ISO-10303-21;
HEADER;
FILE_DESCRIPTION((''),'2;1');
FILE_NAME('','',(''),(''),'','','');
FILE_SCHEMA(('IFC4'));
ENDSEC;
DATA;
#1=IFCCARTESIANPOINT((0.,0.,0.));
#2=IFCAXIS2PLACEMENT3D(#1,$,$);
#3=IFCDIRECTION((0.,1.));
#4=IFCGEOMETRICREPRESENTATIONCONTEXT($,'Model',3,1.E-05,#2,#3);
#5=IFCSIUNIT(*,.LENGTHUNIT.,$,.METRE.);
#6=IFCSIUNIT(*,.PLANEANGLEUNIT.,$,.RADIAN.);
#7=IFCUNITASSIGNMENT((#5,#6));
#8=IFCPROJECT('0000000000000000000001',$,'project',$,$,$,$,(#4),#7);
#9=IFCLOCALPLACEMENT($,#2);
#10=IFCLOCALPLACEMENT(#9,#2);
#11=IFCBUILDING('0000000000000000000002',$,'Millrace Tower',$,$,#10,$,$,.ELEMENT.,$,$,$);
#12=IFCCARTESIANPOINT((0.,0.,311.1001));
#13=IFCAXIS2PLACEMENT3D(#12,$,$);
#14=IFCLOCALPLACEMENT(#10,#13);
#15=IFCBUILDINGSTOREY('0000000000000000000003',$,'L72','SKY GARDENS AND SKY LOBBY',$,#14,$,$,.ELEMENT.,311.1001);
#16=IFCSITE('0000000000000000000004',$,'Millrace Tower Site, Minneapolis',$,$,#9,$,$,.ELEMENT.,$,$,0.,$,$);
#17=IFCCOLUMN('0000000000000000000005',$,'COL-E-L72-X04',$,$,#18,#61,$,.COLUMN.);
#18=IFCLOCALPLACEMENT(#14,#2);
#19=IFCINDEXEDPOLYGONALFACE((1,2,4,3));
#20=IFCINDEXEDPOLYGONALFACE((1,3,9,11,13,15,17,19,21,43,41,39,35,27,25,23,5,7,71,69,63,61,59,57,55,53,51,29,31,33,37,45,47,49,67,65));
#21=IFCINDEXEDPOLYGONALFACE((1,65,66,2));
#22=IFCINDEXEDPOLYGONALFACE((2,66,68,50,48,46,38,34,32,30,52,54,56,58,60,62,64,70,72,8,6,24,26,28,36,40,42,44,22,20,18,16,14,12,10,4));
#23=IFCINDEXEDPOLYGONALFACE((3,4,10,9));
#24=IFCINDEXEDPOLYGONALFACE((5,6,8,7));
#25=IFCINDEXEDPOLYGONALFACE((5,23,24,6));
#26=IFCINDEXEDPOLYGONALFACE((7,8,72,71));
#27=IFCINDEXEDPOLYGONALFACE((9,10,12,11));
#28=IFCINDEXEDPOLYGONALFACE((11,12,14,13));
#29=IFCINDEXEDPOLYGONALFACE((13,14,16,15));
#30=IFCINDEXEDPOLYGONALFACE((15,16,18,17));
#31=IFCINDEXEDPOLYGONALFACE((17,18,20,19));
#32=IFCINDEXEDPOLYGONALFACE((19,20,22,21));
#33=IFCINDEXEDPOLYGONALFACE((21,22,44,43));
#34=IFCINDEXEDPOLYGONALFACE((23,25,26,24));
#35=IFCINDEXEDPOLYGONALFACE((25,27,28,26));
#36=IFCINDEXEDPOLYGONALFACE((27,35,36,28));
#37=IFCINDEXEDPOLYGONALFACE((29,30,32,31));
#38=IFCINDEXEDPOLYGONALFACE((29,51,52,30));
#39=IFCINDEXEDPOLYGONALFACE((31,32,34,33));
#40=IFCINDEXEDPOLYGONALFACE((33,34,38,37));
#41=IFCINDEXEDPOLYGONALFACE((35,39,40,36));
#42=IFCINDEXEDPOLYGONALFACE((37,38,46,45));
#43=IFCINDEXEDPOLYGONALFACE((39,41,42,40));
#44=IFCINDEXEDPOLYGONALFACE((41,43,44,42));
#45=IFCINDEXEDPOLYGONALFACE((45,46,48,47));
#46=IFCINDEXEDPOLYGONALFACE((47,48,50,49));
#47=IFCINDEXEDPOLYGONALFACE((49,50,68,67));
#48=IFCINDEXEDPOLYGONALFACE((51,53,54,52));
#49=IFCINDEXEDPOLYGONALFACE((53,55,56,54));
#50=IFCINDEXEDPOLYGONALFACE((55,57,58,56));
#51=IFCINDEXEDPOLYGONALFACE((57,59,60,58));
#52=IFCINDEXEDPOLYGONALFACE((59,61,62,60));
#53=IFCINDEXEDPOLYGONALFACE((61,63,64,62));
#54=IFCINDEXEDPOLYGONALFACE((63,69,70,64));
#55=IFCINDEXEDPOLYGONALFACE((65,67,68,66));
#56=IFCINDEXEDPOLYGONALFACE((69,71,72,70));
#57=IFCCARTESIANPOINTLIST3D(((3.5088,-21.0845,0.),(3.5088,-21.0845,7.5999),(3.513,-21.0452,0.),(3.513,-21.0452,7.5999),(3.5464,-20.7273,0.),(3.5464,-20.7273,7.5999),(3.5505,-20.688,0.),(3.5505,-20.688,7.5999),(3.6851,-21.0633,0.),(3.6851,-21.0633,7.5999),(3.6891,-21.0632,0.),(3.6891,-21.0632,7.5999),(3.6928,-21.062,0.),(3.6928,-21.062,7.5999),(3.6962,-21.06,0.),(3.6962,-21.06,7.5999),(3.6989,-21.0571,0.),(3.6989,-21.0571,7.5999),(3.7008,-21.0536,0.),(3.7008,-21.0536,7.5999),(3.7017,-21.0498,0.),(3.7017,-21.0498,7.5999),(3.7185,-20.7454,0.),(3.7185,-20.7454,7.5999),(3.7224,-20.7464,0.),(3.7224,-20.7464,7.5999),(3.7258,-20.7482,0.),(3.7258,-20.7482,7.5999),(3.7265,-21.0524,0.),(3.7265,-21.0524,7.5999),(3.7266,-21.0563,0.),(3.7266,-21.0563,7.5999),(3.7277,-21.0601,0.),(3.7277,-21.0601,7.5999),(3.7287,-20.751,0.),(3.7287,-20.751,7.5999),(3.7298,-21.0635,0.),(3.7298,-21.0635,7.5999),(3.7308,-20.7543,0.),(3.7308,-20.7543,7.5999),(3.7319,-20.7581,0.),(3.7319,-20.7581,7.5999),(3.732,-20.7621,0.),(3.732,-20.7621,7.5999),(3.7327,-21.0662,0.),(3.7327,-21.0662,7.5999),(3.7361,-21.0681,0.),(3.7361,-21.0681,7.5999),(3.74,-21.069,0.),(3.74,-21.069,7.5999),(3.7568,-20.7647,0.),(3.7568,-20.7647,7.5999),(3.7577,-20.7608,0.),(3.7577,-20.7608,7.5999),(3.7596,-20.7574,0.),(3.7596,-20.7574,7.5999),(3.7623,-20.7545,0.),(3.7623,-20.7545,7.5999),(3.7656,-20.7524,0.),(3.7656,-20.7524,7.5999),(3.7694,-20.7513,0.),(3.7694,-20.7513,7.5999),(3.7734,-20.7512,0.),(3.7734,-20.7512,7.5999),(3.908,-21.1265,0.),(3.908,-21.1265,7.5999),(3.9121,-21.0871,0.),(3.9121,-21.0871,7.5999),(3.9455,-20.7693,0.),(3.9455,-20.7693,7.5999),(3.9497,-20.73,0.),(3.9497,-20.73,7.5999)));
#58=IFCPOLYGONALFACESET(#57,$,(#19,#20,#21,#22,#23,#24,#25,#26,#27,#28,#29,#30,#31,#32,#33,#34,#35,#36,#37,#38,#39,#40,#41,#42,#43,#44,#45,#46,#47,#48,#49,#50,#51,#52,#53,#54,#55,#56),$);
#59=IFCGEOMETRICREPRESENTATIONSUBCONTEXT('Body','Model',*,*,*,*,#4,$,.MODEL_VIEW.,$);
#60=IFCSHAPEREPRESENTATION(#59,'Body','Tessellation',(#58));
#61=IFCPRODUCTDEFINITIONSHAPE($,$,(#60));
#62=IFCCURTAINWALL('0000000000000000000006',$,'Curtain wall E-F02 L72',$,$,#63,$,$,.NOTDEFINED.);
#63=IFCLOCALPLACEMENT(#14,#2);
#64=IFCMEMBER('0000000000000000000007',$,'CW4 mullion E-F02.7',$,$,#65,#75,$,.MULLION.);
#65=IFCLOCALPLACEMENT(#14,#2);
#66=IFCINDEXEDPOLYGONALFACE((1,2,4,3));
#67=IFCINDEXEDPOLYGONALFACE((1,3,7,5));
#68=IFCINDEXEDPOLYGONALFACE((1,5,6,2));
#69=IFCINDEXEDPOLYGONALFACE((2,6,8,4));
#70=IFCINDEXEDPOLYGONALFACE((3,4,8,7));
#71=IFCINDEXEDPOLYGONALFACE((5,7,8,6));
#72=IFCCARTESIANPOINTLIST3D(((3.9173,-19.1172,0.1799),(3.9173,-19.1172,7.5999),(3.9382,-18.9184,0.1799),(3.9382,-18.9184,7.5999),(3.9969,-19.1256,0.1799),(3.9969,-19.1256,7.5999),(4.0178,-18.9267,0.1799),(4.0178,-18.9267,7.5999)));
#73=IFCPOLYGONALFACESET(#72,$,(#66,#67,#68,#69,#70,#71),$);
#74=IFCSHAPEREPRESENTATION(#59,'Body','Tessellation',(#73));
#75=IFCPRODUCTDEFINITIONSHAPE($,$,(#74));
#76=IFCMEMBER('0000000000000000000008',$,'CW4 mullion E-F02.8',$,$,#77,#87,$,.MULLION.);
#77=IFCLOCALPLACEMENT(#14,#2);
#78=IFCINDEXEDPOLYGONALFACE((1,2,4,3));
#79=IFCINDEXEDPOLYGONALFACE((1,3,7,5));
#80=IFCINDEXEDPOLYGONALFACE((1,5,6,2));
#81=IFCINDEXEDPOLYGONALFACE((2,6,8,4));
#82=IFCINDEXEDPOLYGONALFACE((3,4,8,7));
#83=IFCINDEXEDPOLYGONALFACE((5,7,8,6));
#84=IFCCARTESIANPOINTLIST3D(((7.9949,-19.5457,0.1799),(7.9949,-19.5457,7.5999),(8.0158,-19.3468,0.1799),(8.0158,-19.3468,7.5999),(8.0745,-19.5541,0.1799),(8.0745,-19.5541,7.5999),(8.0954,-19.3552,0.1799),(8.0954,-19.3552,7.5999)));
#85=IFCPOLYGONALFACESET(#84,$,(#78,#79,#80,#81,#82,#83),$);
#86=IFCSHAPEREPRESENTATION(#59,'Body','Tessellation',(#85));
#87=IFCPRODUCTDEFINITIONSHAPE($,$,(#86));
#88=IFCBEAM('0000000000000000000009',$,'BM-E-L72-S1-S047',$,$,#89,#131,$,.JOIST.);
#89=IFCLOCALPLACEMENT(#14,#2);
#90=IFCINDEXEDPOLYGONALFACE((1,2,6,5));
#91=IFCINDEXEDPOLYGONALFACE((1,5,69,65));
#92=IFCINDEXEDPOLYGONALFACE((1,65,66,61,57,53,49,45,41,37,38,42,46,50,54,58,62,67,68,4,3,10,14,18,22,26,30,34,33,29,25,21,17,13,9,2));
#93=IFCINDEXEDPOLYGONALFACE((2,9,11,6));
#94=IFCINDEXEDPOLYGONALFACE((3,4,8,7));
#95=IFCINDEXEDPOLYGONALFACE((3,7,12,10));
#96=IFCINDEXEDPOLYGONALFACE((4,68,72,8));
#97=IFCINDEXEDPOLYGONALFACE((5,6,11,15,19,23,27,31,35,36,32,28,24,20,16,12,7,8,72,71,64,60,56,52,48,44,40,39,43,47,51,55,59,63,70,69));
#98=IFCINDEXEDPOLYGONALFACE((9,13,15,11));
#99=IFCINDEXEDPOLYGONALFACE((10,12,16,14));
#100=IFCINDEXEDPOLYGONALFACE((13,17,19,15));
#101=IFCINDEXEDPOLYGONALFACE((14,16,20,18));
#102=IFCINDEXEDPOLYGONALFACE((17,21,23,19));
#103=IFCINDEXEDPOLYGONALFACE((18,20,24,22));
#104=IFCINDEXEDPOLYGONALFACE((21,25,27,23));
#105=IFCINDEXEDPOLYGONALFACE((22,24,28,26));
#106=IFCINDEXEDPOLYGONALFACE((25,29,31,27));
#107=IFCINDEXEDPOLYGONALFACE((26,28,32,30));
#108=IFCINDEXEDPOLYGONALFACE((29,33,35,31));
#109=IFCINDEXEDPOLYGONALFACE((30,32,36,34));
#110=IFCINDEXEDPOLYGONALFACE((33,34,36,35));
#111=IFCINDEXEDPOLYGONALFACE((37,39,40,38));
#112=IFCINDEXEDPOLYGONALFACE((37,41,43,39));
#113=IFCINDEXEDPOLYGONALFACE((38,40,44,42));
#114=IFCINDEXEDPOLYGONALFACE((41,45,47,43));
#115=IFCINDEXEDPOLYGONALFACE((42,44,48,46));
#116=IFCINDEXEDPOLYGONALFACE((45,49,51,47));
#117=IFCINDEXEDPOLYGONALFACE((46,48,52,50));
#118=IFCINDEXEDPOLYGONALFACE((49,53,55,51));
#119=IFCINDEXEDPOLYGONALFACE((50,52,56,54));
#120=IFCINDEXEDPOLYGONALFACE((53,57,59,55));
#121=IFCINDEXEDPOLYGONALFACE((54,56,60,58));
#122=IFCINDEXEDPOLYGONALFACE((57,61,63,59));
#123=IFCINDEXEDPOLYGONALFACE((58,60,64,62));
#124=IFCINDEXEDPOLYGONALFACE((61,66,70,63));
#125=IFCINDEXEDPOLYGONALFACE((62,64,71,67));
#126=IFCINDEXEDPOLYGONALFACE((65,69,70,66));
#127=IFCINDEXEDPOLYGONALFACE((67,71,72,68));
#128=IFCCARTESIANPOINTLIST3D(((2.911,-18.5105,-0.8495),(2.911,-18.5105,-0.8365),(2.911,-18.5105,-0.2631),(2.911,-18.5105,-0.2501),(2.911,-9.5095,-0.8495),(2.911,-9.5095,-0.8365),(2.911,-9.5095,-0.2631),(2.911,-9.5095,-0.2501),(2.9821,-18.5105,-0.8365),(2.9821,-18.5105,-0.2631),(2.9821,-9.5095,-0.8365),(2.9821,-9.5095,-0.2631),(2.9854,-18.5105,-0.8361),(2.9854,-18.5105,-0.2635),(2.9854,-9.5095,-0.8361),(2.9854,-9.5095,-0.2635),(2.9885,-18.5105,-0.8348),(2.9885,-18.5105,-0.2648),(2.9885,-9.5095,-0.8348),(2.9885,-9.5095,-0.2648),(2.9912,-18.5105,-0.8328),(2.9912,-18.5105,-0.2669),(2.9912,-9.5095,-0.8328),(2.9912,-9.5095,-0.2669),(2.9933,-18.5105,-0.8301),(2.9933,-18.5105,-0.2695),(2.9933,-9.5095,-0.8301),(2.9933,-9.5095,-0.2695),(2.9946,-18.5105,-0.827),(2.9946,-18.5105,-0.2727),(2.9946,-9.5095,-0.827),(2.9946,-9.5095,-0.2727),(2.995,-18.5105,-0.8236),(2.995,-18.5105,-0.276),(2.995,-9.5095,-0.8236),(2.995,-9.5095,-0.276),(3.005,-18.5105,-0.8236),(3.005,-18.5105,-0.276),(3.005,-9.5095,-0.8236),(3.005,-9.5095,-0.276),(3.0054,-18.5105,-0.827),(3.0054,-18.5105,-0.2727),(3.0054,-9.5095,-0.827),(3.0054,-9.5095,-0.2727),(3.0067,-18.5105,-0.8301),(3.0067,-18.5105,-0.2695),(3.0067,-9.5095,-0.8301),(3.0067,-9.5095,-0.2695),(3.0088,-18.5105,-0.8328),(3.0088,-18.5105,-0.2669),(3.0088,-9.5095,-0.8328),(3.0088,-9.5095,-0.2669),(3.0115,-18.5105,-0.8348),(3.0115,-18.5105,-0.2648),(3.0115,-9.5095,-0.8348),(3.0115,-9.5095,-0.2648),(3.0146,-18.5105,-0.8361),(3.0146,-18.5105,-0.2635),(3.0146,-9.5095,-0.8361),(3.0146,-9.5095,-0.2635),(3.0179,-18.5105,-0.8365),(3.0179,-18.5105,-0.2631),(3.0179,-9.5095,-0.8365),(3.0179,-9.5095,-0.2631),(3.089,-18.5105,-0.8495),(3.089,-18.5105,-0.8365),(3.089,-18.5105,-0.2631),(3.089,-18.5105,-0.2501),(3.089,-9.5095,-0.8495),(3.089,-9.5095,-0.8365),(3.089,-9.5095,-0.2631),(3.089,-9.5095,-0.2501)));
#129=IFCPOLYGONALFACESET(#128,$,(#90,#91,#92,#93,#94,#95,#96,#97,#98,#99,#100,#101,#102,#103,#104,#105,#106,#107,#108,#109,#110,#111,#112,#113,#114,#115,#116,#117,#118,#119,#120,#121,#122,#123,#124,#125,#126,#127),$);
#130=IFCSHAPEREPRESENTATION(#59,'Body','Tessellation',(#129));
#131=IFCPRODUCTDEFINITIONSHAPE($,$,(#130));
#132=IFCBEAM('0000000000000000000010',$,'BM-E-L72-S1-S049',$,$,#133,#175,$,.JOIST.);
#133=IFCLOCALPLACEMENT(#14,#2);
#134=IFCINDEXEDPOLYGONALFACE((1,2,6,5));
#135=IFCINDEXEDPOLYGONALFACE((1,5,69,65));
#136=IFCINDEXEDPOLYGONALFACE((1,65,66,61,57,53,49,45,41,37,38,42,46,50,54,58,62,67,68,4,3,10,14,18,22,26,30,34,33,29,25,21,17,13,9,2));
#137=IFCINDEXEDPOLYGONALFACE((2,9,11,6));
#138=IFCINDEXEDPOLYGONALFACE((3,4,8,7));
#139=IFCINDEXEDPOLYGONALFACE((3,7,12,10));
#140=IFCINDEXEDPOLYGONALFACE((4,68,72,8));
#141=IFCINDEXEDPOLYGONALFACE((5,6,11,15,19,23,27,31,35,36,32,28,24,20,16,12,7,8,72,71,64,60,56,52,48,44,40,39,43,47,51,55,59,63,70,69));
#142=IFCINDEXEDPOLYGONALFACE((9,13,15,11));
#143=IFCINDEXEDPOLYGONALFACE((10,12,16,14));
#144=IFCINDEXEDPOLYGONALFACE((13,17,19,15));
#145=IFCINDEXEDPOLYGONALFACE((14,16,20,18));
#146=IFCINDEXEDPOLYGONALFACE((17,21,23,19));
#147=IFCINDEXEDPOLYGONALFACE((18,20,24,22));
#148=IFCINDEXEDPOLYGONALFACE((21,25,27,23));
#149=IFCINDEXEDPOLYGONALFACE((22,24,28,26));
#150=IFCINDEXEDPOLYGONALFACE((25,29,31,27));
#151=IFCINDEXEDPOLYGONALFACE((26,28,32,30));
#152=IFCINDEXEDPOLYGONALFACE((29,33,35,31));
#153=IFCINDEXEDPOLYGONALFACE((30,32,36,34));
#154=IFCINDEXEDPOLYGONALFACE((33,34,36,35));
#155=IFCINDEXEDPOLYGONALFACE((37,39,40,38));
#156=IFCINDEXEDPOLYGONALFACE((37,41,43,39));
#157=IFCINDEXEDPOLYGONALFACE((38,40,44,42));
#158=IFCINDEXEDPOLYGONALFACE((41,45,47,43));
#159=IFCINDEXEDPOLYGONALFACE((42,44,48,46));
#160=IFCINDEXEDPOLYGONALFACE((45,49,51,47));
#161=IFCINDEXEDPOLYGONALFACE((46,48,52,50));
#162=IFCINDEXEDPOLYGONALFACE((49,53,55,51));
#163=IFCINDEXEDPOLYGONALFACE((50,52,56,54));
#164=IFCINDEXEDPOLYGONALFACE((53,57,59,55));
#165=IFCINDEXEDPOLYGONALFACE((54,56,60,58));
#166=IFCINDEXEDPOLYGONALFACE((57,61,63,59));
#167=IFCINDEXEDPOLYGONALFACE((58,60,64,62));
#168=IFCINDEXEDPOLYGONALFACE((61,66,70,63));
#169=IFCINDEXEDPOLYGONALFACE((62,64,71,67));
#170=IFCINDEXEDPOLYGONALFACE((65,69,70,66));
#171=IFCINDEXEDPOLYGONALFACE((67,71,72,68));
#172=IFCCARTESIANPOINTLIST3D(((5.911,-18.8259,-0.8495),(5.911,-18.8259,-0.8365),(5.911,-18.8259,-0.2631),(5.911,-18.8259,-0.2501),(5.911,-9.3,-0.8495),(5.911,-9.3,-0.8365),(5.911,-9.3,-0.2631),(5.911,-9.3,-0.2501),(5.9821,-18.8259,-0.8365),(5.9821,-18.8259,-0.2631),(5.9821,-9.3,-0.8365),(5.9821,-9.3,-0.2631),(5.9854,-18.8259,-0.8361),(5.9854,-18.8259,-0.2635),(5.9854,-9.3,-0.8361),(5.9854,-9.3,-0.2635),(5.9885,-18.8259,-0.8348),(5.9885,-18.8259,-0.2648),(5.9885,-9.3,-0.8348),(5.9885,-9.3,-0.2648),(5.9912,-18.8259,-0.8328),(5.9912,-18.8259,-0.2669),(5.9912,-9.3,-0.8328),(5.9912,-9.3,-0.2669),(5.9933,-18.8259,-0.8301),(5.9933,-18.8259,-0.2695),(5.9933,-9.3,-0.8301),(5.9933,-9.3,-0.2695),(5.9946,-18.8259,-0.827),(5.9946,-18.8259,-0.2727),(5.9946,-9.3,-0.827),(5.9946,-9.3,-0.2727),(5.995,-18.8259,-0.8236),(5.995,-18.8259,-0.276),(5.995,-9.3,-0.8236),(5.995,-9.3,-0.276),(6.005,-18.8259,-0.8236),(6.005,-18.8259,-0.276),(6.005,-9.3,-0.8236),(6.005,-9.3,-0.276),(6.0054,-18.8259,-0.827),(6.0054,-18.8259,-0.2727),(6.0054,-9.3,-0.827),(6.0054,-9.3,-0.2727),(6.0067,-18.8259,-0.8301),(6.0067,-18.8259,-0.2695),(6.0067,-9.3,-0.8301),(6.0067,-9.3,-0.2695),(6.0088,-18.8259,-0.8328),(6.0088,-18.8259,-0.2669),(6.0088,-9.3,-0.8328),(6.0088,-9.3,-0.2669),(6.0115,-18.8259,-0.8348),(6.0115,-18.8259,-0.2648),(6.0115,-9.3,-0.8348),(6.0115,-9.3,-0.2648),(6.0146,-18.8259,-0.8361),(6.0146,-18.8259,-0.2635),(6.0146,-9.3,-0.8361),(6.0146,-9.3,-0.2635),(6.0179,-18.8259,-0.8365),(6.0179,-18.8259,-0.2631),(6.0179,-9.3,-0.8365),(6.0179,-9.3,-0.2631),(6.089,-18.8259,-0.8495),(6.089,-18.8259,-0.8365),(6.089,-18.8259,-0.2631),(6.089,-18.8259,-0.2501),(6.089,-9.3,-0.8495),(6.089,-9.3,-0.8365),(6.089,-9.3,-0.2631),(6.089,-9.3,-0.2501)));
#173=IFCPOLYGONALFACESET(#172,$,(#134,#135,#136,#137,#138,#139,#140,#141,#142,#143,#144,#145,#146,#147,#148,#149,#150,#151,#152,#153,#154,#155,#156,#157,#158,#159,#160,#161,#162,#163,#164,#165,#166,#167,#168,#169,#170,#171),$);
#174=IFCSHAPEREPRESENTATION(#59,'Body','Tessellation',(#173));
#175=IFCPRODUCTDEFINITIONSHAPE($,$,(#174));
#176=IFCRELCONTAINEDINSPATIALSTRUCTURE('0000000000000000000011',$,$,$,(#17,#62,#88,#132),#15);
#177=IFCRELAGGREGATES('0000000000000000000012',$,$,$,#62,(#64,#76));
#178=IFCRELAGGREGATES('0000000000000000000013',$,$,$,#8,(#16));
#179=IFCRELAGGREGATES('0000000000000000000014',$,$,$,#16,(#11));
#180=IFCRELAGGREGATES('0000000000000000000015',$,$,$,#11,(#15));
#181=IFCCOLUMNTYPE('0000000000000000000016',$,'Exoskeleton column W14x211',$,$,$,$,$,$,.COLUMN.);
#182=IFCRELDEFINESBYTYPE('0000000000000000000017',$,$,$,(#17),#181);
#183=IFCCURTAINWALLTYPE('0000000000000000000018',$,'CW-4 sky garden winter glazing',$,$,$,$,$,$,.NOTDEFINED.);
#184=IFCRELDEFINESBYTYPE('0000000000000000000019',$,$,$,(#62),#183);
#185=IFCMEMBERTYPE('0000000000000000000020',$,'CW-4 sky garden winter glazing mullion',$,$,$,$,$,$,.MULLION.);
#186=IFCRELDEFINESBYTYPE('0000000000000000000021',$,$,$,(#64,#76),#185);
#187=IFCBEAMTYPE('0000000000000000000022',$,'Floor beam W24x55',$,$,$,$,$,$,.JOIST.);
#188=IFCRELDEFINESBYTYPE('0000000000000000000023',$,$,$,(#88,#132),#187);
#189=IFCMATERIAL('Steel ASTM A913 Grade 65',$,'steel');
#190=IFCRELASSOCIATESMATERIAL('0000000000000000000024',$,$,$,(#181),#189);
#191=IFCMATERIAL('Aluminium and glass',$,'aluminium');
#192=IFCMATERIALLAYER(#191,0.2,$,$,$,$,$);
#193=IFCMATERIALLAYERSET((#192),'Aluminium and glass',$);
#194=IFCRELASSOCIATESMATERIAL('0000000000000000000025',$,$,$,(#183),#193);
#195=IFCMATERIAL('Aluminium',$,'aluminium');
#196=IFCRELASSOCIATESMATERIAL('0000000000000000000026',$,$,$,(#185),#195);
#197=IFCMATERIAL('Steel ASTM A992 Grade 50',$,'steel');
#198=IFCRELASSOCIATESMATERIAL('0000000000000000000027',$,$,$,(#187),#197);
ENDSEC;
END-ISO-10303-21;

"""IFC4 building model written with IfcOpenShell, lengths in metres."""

from ifc_helpers import new_model, si_unit, direction, frame, origin, origin_2d, place, context, subcontext, project, spatial, rectangle, i_section, extrude, material, layer, layer_set, material_profile, profile_set, type_object, element, aggregate, save


model = new_model("IFC4")

# Units and contexts
model_context = context("Model", 3, precision=1e-05, world=origin(), true_north=direction((0.0, 1.0)))
body_context = subcontext(model_context, "Body", "Model", "MODEL_VIEW")
ifc_project = project(units=[si_unit("LENGTHUNIT", "METRE"), si_unit("PLANEANGLEUNIT", "RADIAN")], contexts=[model_context])

# Site, building, storey
site_placement = place(None, origin())
site = spatial("IfcSite", under=ifc_project, at=site_placement, Name="Millrace Tower Site, Minneapolis", CompositionType="ELEMENT", RefElevation=0.0)
building_placement = place(site_placement, origin())
building = spatial("IfcBuilding", under=site, at=building_placement, Name="Millrace Tower", CompositionType="ELEMENT")
storey_placement = place(building_placement, frame((0.0, 0.0, 311.1001)))
storey = spatial("IfcBuildingStorey", under=building, at=storey_placement, Name="L72", Description="SKY GARDENS AND SKY LOBBY", CompositionType="ELEMENT", Elevation=311.1001)

# Column
ifc_material_1 = material(Name="Steel ASTM A913 Grade 65", Category="steel")
ifc_material_profile_1 = material_profile(ifc_material_1, i_section(OverallWidth=0.4014, OverallDepth=0.3987, WebThickness=0.0249, FlangeThickness=0.0396, FilletRadius=0.0151, at=origin_2d()))
ifc_profile_set_1 = profile_set([ifc_material_profile_1], Name="Steel ASTM A913 Grade 65")
column_type = type_object("IfcColumnType", Name="Exoskeleton column W14x211", PredefinedType="COLUMN", material=ifc_profile_set_1)
column_placement = place(storey_placement, frame((3.7292, -20.9072, 0.0), z_axis=(0.0, 0.0, 1.0), x_axis=(0.994522, -0.104528, 0.0)))
element("IfcColumn", 1, at=column_placement, inside=storey, type_object=column_type, Name="COL-E-L72-X04", PredefinedType="COLUMN", context=body_context, shape_type="SweptSolid", body=[
    extrude(i_section(OverallWidth=0.4014, OverallDepth=0.3987, WebThickness=0.0249, FlangeThickness=0.0396, FilletRadius=0.0151, at=origin_2d()), origin(), (0.0, 0.0, 1.0), 7.5999),
])

# Curtain wall, members
ifc_material_2 = material(Name="Aluminium and glass", Category="aluminium")
ifc_layer_1 = layer(ifc_material_2, 0.2)
ifc_layer_set_1 = layer_set([ifc_layer_1], Name="Aluminium and glass")
curtain_wall_type = type_object("IfcCurtainWallType", Name="CW-4 sky garden winter glazing", PredefinedType="NOTDEFINED", material=ifc_layer_set_1)
placement_1 = place(storey_placement, origin())
curtain_wall_1 = element("IfcCurtainWall", 2, at=placement_1, inside=storey, type_object=curtain_wall_type, Name="Curtain wall E-F02 L72", PredefinedType="NOTDEFINED")
ifc_material_3 = material(Name="Aluminium", Category="aluminium")
ifc_material_profile_2 = material_profile(ifc_material_3, rectangle(XDim=0.0801, YDim=0.2, at=origin_2d()))
ifc_profile_set_2 = profile_set([ifc_material_profile_2], Name="Aluminium")
member_type = type_object("IfcMemberType", Name="CW-4 sky garden winter glazing mullion", PredefinedType="MULLION", material=ifc_profile_set_2)
member_1_placement = place(storey_placement, frame((3.9675, -19.022, 0.1799), z_axis=(0.0, 0.0, 1.0), x_axis=(0.994522, -0.104528, 0.0)))
member_1 = element("IfcMember", 3, at=member_1_placement, type_object=member_type, Name="CW4 mullion E-F02.7", PredefinedType="MULLION", context=body_context, shape_type="SweptSolid", body=[
    extrude(rectangle(XDim=0.0801, YDim=0.2, at=origin_2d()), origin(), (0.0, 0.0, 1.0), 7.4199),
])
member_2_placement = place(storey_placement, frame((8.0452, -19.4504, 0.1799), z_axis=(0.0, 0.0, 1.0), x_axis=(0.994522, -0.104528, 0.0)))
member_2 = element("IfcMember", 4, at=member_2_placement, type_object=member_type, Name="CW4 mullion E-F02.8", PredefinedType="MULLION", context=body_context, shape_type="SweptSolid", body=[
    extrude(rectangle(XDim=0.0801, YDim=0.2, at=origin_2d()), origin(), (0.0, 0.0, 1.0), 7.4199),
])
aggregate(curtain_wall_1, [member_1, member_2])

# Beams
ifc_material_4 = material(Name="Steel ASTM A992 Grade 50", Category="steel")
ifc_material_profile_3 = material_profile(ifc_material_4, i_section(OverallWidth=0.178, OverallDepth=0.5994, WebThickness=0.01, FlangeThickness=0.0129, FilletRadius=0.0129, at=origin_2d()))
ifc_profile_set_3 = profile_set([ifc_material_profile_3], Name="Steel ASTM A992 Grade 50")
beam_type_1 = type_object("IfcBeamType", Name="Floor beam W24x55", PredefinedType="JOIST", material=ifc_profile_set_3)
beam_1_placement = place(storey_placement, frame((3.0, -18.5105, -0.5498), z_axis=(0.0, 1.0, 0.0), x_axis=(-1.0, 0.0, 0.0)))
element("IfcBeam", 5, at=beam_1_placement, inside=storey, type_object=beam_type_1, Name="BM-E-L72-S1-S047", PredefinedType="JOIST", context=body_context, shape_type="SweptSolid", body=[
    extrude(i_section(OverallWidth=0.178, OverallDepth=0.5994, WebThickness=0.01, FlangeThickness=0.0129, FilletRadius=0.0129, at=origin_2d()), origin(), (0.0, 0.0, 1.0), 9.001),
])
beam_2_placement = place(storey_placement, frame((6.0, -18.8259, -0.5498), z_axis=(0.0, 1.0, 0.0), x_axis=(-1.0, 0.0, 0.0)))
element("IfcBeam", 6, at=beam_2_placement, inside=storey, type_object=beam_type_1, Name="BM-E-L72-S1-S049", PredefinedType="JOIST", context=body_context, shape_type="SweptSolid", body=[
    extrude(i_section(OverallWidth=0.178, OverallDepth=0.5994, WebThickness=0.01, FlangeThickness=0.0129, FilletRadius=0.0129, at=origin_2d()), origin(), (0.0, 0.0, 1.0), 9.5259),
])

save(model, "model.ifc")
